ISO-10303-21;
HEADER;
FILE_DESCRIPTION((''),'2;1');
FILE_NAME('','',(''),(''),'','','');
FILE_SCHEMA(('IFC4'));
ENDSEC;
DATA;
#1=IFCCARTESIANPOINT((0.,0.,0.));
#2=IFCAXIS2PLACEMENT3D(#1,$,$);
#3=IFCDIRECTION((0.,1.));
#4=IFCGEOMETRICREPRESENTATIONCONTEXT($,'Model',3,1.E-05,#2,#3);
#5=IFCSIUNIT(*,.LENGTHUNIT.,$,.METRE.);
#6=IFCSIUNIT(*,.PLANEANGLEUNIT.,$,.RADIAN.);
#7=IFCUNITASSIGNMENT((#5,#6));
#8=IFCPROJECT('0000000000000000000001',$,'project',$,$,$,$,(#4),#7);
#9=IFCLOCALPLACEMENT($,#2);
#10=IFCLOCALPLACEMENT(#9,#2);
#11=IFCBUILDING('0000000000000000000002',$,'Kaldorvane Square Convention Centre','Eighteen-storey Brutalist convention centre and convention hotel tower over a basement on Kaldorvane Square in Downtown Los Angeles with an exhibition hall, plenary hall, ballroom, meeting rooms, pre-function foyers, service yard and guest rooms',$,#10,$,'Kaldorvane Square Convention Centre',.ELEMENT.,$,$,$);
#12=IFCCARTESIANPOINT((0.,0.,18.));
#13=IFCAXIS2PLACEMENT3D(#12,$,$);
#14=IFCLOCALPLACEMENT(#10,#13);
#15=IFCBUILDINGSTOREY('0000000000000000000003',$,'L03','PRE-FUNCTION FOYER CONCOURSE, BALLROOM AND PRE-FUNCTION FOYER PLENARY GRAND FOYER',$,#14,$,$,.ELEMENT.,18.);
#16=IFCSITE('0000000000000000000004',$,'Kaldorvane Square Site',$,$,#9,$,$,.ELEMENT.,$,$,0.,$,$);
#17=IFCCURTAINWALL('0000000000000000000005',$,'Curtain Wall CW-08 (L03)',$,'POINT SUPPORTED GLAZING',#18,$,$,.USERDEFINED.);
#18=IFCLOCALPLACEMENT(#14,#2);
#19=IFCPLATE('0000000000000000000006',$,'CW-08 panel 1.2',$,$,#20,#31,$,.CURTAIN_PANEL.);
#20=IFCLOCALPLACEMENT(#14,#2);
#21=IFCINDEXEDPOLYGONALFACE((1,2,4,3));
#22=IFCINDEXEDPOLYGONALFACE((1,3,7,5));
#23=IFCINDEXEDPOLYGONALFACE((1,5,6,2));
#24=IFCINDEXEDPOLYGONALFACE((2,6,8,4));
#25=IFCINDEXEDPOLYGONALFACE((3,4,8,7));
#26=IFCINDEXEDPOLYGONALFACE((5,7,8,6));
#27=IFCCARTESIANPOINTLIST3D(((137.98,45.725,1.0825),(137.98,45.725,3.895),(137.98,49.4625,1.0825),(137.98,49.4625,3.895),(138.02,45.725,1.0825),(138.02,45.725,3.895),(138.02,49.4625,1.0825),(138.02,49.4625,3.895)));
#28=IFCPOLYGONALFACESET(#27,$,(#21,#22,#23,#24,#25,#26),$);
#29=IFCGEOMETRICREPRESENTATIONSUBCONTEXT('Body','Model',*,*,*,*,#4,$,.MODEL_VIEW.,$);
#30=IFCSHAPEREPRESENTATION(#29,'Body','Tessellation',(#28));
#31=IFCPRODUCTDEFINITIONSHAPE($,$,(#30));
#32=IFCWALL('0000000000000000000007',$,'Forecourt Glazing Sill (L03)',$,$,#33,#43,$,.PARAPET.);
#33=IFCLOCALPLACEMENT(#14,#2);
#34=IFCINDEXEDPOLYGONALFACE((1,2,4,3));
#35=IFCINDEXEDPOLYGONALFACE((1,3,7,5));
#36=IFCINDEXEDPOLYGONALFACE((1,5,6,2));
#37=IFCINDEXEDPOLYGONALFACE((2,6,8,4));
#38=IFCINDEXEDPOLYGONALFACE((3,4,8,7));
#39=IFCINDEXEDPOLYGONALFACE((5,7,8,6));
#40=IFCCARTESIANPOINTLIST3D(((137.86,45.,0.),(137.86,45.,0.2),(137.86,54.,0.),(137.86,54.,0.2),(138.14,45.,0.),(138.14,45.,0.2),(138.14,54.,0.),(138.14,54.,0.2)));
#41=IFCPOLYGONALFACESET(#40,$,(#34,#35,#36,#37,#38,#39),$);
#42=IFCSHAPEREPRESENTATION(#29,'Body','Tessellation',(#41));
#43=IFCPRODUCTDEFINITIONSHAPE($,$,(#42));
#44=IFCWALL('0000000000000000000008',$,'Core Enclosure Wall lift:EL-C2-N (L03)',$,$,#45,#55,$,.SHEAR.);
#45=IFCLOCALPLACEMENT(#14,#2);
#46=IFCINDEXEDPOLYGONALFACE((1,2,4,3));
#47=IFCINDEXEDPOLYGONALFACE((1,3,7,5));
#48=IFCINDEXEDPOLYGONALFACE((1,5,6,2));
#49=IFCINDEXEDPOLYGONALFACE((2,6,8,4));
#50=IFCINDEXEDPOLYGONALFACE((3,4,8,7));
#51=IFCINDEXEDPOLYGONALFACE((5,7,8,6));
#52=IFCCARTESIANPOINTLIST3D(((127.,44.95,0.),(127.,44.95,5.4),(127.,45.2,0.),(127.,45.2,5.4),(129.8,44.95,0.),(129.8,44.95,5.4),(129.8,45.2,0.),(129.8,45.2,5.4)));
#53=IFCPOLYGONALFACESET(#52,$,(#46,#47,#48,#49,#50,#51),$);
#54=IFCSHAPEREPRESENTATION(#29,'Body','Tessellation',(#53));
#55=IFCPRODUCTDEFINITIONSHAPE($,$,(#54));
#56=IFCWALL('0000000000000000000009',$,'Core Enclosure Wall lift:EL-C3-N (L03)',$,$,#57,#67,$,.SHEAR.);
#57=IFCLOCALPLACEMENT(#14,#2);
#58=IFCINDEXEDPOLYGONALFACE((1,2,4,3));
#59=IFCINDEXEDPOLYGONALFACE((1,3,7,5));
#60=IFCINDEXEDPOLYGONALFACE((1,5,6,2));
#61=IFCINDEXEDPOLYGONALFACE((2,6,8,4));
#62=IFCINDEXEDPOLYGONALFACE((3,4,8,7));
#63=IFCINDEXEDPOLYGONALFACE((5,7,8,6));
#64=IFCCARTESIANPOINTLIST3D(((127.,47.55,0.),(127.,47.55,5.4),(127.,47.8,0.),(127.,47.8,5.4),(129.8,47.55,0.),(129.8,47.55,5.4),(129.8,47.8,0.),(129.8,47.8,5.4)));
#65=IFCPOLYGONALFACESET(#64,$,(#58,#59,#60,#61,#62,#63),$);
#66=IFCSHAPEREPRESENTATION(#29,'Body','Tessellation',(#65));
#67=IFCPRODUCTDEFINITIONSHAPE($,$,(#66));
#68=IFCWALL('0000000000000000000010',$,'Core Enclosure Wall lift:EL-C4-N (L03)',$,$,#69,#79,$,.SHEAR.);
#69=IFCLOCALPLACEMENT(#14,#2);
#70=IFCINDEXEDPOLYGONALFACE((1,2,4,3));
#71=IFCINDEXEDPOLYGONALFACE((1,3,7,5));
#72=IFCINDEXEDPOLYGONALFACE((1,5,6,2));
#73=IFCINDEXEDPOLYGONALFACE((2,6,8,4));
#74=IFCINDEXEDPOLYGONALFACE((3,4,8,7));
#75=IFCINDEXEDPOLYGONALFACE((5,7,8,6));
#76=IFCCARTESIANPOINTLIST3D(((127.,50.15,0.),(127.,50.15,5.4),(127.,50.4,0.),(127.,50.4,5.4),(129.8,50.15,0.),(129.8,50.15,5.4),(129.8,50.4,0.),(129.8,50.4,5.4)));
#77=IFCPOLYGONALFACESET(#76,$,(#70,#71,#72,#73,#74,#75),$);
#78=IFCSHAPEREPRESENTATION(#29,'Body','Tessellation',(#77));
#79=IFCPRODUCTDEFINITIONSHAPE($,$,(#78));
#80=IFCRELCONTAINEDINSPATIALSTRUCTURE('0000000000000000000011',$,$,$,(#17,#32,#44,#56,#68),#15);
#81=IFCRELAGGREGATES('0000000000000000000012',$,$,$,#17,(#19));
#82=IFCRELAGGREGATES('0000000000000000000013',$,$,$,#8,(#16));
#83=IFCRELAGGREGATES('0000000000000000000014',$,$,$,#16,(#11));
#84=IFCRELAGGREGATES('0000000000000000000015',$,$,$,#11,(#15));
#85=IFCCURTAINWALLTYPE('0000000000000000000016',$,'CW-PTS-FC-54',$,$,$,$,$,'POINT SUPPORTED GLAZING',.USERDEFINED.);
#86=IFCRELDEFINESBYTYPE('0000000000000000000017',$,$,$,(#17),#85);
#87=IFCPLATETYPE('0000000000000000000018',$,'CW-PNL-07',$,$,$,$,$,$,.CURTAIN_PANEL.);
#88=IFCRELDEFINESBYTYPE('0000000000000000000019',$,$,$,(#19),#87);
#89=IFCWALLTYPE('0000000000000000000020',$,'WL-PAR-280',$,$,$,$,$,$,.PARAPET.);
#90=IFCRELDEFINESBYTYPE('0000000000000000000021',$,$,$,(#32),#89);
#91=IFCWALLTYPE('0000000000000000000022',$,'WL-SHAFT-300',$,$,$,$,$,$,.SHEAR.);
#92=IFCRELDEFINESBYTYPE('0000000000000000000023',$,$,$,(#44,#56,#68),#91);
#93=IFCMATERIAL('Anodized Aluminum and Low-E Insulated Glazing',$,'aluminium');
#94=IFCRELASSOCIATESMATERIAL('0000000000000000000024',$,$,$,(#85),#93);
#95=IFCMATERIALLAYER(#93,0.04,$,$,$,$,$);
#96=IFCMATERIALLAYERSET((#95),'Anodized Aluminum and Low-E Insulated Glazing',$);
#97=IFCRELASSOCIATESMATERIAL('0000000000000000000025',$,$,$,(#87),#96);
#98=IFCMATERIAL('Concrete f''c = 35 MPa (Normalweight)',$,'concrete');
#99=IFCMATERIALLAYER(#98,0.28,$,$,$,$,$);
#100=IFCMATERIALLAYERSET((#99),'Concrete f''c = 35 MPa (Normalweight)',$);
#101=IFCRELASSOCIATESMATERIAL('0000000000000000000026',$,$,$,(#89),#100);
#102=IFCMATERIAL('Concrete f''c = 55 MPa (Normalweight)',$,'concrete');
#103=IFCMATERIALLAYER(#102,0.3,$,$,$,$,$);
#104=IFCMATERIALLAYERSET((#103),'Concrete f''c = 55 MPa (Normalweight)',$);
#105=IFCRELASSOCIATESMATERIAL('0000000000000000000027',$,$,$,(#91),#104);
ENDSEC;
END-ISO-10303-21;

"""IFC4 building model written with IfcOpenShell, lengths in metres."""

from ifc_helpers import new_model, si_unit, direction, frame, frame_2d, origin, origin_2d, place, context, subcontext, project, spatial, rectangle, extrude, material, layer, layer_set, type_object, element, aggregate, save


model = new_model("IFC4")

# Units and contexts
model_context = context("Model", 3, precision=1e-05, world=origin(), true_north=direction((0.0, 1.0)))
body_context = subcontext(model_context, "Body", "Model", "MODEL_VIEW")
ifc_project = project(units=[si_unit("LENGTHUNIT", "METRE"), si_unit("PLANEANGLEUNIT", "RADIAN")], contexts=[model_context])

# Site, building, storey
site_placement = place(None, origin())
site = spatial("IfcSite", under=ifc_project, at=site_placement, Name="Kaldorvane Square Site", CompositionType="ELEMENT", RefElevation=0.0)
building_placement = place(site_placement, origin())
building = spatial("IfcBuilding", under=site, at=building_placement, Name="Kaldorvane Square Convention Centre", Description="Eighteen-storey Brutalist convention centre and convention hotel tower over a basement on Kaldorvane Square in Downtown Los Angeles with an exhibition hall, plenary hall, ballroom, meeting rooms, pre-function foyers, service yard and guest rooms", LongName="Kaldorvane Square Convention Centre", CompositionType="ELEMENT")
storey_placement = place(building_placement, frame((0.0, 0.0, 18.0)))
storey = spatial("IfcBuildingStorey", under=building, at=storey_placement, Name="L03", Description="PRE-FUNCTION FOYER CONCOURSE, BALLROOM AND PRE-FUNCTION FOYER PLENARY GRAND FOYER", CompositionType="ELEMENT", Elevation=18.0)

# Curtain wall
ifc_material_1 = material(Name="Anodized Aluminum and Low-E Insulated Glazing", Category="aluminium")
curtain_wall_type = type_object("IfcCurtainWallType", Name="CW-PTS-FC-54", ElementType="POINT SUPPORTED GLAZING", PredefinedType="USERDEFINED", material=ifc_material_1)
curtain_wall_1_placement = place(storey_placement, origin())
curtain_wall_1 = element("IfcCurtainWall", 1, at=curtain_wall_1_placement, inside=storey, type_object=curtain_wall_type, Name="Curtain Wall CW-08 (L03)", ObjectType="POINT SUPPORTED GLAZING", PredefinedType="USERDEFINED")

# Plate
ifc_layer_1 = layer(ifc_material_1, 0.04)
ifc_layer_set_1 = layer_set([ifc_layer_1], Name="Anodized Aluminum and Low-E Insulated Glazing")
plate_type = type_object("IfcPlateType", Name="CW-PNL-07", PredefinedType="CURTAIN_PANEL", material=ifc_layer_set_1)
plate_1_placement = place(storey_placement, frame((138.0, 47.5938, 1.0825), z_axis=(0.0, 0.0, 1.0), x_axis=(0.0, 1.0, 0.0)))
plate_1 = element("IfcPlate", 2, at=plate_1_placement, type_object=plate_type, Name="CW-08 panel 1.2", PredefinedType="CURTAIN_PANEL", context=body_context, shape_type="SweptSolid", body=[
    extrude(rectangle(XDim=3.7375, YDim=0.04, at=origin_2d()), origin(), (0.0, 0.0, 1.0), 2.8125),
])
aggregate(curtain_wall_1, [plate_1])

# Walls
ifc_material_2 = material(Name="Concrete f'c = 35 MPa (Normalweight)", Category="concrete")
ifc_layer_2 = layer(ifc_material_2, 0.28)
ifc_layer_set_2 = layer_set([ifc_layer_2], Name="Concrete f'c = 35 MPa (Normalweight)")
wall_type_1 = type_object("IfcWallType", Name="WL-PAR-280", PredefinedType="PARAPET", material=ifc_layer_set_2)
wall_placement = place(storey_placement, frame((138.0, 45.0, 0.0), z_axis=(0.0, 0.0, 1.0), x_axis=(0.0, 1.0, 0.0)))
element("IfcWall", 3, at=wall_placement, inside=storey, type_object=wall_type_1, Name="Forecourt Glazing Sill (L03)", PredefinedType="PARAPET", context=body_context, shape_type="SweptSolid", body=[
    extrude(rectangle(XDim=9.0, YDim=0.28, at=frame_2d((4.5, 0.0))), origin(), (0.0, 0.0, 1.0), 0.2),
])
ifc_material_3 = material(Name="Concrete f'c = 55 MPa (Normalweight)", Category="concrete")
ifc_layer_3 = layer(ifc_material_3, 0.3)
ifc_layer_set_3 = layer_set([ifc_layer_3], Name="Concrete f'c = 55 MPa (Normalweight)")
wall_type_2 = type_object("IfcWallType", Name="WL-SHAFT-300", PredefinedType="SHEAR", material=ifc_layer_set_3)
for number, where, z_axis, x_axis, name in (
    (4, (129.8, 45.075, 0.0), (0.0, 0.0, 1.0), (-1.0, 0.0, 0.0), "Core Enclosure Wall lift:EL-C2-N (L03)"),
    (5, (129.8, 47.675, 0.0), (0.0, 0.0, 1.0), (-1.0, 0.0, 0.0), "Core Enclosure Wall lift:EL-C3-N (L03)"),
    (6, (129.8, 50.275, 0.0), (0.0, 0.0, 1.0), (-1.0, 0.0, 0.0), "Core Enclosure Wall lift:EL-C4-N (L03)"),
):
    element("IfcWall", number, at=place(storey_placement, frame(where, z_axis=z_axis, x_axis=x_axis)), inside=storey, type_object=wall_type_2, Name=name, PredefinedType="SHEAR", context=body_context, shape_type="SweptSolid", body=[
        extrude(rectangle(XDim=2.8, YDim=0.25, at=frame_2d((1.4, 0.0))), origin(), (0.0, 0.0, 1.0), 5.4),
    ])

save(model, "model.ifc")
